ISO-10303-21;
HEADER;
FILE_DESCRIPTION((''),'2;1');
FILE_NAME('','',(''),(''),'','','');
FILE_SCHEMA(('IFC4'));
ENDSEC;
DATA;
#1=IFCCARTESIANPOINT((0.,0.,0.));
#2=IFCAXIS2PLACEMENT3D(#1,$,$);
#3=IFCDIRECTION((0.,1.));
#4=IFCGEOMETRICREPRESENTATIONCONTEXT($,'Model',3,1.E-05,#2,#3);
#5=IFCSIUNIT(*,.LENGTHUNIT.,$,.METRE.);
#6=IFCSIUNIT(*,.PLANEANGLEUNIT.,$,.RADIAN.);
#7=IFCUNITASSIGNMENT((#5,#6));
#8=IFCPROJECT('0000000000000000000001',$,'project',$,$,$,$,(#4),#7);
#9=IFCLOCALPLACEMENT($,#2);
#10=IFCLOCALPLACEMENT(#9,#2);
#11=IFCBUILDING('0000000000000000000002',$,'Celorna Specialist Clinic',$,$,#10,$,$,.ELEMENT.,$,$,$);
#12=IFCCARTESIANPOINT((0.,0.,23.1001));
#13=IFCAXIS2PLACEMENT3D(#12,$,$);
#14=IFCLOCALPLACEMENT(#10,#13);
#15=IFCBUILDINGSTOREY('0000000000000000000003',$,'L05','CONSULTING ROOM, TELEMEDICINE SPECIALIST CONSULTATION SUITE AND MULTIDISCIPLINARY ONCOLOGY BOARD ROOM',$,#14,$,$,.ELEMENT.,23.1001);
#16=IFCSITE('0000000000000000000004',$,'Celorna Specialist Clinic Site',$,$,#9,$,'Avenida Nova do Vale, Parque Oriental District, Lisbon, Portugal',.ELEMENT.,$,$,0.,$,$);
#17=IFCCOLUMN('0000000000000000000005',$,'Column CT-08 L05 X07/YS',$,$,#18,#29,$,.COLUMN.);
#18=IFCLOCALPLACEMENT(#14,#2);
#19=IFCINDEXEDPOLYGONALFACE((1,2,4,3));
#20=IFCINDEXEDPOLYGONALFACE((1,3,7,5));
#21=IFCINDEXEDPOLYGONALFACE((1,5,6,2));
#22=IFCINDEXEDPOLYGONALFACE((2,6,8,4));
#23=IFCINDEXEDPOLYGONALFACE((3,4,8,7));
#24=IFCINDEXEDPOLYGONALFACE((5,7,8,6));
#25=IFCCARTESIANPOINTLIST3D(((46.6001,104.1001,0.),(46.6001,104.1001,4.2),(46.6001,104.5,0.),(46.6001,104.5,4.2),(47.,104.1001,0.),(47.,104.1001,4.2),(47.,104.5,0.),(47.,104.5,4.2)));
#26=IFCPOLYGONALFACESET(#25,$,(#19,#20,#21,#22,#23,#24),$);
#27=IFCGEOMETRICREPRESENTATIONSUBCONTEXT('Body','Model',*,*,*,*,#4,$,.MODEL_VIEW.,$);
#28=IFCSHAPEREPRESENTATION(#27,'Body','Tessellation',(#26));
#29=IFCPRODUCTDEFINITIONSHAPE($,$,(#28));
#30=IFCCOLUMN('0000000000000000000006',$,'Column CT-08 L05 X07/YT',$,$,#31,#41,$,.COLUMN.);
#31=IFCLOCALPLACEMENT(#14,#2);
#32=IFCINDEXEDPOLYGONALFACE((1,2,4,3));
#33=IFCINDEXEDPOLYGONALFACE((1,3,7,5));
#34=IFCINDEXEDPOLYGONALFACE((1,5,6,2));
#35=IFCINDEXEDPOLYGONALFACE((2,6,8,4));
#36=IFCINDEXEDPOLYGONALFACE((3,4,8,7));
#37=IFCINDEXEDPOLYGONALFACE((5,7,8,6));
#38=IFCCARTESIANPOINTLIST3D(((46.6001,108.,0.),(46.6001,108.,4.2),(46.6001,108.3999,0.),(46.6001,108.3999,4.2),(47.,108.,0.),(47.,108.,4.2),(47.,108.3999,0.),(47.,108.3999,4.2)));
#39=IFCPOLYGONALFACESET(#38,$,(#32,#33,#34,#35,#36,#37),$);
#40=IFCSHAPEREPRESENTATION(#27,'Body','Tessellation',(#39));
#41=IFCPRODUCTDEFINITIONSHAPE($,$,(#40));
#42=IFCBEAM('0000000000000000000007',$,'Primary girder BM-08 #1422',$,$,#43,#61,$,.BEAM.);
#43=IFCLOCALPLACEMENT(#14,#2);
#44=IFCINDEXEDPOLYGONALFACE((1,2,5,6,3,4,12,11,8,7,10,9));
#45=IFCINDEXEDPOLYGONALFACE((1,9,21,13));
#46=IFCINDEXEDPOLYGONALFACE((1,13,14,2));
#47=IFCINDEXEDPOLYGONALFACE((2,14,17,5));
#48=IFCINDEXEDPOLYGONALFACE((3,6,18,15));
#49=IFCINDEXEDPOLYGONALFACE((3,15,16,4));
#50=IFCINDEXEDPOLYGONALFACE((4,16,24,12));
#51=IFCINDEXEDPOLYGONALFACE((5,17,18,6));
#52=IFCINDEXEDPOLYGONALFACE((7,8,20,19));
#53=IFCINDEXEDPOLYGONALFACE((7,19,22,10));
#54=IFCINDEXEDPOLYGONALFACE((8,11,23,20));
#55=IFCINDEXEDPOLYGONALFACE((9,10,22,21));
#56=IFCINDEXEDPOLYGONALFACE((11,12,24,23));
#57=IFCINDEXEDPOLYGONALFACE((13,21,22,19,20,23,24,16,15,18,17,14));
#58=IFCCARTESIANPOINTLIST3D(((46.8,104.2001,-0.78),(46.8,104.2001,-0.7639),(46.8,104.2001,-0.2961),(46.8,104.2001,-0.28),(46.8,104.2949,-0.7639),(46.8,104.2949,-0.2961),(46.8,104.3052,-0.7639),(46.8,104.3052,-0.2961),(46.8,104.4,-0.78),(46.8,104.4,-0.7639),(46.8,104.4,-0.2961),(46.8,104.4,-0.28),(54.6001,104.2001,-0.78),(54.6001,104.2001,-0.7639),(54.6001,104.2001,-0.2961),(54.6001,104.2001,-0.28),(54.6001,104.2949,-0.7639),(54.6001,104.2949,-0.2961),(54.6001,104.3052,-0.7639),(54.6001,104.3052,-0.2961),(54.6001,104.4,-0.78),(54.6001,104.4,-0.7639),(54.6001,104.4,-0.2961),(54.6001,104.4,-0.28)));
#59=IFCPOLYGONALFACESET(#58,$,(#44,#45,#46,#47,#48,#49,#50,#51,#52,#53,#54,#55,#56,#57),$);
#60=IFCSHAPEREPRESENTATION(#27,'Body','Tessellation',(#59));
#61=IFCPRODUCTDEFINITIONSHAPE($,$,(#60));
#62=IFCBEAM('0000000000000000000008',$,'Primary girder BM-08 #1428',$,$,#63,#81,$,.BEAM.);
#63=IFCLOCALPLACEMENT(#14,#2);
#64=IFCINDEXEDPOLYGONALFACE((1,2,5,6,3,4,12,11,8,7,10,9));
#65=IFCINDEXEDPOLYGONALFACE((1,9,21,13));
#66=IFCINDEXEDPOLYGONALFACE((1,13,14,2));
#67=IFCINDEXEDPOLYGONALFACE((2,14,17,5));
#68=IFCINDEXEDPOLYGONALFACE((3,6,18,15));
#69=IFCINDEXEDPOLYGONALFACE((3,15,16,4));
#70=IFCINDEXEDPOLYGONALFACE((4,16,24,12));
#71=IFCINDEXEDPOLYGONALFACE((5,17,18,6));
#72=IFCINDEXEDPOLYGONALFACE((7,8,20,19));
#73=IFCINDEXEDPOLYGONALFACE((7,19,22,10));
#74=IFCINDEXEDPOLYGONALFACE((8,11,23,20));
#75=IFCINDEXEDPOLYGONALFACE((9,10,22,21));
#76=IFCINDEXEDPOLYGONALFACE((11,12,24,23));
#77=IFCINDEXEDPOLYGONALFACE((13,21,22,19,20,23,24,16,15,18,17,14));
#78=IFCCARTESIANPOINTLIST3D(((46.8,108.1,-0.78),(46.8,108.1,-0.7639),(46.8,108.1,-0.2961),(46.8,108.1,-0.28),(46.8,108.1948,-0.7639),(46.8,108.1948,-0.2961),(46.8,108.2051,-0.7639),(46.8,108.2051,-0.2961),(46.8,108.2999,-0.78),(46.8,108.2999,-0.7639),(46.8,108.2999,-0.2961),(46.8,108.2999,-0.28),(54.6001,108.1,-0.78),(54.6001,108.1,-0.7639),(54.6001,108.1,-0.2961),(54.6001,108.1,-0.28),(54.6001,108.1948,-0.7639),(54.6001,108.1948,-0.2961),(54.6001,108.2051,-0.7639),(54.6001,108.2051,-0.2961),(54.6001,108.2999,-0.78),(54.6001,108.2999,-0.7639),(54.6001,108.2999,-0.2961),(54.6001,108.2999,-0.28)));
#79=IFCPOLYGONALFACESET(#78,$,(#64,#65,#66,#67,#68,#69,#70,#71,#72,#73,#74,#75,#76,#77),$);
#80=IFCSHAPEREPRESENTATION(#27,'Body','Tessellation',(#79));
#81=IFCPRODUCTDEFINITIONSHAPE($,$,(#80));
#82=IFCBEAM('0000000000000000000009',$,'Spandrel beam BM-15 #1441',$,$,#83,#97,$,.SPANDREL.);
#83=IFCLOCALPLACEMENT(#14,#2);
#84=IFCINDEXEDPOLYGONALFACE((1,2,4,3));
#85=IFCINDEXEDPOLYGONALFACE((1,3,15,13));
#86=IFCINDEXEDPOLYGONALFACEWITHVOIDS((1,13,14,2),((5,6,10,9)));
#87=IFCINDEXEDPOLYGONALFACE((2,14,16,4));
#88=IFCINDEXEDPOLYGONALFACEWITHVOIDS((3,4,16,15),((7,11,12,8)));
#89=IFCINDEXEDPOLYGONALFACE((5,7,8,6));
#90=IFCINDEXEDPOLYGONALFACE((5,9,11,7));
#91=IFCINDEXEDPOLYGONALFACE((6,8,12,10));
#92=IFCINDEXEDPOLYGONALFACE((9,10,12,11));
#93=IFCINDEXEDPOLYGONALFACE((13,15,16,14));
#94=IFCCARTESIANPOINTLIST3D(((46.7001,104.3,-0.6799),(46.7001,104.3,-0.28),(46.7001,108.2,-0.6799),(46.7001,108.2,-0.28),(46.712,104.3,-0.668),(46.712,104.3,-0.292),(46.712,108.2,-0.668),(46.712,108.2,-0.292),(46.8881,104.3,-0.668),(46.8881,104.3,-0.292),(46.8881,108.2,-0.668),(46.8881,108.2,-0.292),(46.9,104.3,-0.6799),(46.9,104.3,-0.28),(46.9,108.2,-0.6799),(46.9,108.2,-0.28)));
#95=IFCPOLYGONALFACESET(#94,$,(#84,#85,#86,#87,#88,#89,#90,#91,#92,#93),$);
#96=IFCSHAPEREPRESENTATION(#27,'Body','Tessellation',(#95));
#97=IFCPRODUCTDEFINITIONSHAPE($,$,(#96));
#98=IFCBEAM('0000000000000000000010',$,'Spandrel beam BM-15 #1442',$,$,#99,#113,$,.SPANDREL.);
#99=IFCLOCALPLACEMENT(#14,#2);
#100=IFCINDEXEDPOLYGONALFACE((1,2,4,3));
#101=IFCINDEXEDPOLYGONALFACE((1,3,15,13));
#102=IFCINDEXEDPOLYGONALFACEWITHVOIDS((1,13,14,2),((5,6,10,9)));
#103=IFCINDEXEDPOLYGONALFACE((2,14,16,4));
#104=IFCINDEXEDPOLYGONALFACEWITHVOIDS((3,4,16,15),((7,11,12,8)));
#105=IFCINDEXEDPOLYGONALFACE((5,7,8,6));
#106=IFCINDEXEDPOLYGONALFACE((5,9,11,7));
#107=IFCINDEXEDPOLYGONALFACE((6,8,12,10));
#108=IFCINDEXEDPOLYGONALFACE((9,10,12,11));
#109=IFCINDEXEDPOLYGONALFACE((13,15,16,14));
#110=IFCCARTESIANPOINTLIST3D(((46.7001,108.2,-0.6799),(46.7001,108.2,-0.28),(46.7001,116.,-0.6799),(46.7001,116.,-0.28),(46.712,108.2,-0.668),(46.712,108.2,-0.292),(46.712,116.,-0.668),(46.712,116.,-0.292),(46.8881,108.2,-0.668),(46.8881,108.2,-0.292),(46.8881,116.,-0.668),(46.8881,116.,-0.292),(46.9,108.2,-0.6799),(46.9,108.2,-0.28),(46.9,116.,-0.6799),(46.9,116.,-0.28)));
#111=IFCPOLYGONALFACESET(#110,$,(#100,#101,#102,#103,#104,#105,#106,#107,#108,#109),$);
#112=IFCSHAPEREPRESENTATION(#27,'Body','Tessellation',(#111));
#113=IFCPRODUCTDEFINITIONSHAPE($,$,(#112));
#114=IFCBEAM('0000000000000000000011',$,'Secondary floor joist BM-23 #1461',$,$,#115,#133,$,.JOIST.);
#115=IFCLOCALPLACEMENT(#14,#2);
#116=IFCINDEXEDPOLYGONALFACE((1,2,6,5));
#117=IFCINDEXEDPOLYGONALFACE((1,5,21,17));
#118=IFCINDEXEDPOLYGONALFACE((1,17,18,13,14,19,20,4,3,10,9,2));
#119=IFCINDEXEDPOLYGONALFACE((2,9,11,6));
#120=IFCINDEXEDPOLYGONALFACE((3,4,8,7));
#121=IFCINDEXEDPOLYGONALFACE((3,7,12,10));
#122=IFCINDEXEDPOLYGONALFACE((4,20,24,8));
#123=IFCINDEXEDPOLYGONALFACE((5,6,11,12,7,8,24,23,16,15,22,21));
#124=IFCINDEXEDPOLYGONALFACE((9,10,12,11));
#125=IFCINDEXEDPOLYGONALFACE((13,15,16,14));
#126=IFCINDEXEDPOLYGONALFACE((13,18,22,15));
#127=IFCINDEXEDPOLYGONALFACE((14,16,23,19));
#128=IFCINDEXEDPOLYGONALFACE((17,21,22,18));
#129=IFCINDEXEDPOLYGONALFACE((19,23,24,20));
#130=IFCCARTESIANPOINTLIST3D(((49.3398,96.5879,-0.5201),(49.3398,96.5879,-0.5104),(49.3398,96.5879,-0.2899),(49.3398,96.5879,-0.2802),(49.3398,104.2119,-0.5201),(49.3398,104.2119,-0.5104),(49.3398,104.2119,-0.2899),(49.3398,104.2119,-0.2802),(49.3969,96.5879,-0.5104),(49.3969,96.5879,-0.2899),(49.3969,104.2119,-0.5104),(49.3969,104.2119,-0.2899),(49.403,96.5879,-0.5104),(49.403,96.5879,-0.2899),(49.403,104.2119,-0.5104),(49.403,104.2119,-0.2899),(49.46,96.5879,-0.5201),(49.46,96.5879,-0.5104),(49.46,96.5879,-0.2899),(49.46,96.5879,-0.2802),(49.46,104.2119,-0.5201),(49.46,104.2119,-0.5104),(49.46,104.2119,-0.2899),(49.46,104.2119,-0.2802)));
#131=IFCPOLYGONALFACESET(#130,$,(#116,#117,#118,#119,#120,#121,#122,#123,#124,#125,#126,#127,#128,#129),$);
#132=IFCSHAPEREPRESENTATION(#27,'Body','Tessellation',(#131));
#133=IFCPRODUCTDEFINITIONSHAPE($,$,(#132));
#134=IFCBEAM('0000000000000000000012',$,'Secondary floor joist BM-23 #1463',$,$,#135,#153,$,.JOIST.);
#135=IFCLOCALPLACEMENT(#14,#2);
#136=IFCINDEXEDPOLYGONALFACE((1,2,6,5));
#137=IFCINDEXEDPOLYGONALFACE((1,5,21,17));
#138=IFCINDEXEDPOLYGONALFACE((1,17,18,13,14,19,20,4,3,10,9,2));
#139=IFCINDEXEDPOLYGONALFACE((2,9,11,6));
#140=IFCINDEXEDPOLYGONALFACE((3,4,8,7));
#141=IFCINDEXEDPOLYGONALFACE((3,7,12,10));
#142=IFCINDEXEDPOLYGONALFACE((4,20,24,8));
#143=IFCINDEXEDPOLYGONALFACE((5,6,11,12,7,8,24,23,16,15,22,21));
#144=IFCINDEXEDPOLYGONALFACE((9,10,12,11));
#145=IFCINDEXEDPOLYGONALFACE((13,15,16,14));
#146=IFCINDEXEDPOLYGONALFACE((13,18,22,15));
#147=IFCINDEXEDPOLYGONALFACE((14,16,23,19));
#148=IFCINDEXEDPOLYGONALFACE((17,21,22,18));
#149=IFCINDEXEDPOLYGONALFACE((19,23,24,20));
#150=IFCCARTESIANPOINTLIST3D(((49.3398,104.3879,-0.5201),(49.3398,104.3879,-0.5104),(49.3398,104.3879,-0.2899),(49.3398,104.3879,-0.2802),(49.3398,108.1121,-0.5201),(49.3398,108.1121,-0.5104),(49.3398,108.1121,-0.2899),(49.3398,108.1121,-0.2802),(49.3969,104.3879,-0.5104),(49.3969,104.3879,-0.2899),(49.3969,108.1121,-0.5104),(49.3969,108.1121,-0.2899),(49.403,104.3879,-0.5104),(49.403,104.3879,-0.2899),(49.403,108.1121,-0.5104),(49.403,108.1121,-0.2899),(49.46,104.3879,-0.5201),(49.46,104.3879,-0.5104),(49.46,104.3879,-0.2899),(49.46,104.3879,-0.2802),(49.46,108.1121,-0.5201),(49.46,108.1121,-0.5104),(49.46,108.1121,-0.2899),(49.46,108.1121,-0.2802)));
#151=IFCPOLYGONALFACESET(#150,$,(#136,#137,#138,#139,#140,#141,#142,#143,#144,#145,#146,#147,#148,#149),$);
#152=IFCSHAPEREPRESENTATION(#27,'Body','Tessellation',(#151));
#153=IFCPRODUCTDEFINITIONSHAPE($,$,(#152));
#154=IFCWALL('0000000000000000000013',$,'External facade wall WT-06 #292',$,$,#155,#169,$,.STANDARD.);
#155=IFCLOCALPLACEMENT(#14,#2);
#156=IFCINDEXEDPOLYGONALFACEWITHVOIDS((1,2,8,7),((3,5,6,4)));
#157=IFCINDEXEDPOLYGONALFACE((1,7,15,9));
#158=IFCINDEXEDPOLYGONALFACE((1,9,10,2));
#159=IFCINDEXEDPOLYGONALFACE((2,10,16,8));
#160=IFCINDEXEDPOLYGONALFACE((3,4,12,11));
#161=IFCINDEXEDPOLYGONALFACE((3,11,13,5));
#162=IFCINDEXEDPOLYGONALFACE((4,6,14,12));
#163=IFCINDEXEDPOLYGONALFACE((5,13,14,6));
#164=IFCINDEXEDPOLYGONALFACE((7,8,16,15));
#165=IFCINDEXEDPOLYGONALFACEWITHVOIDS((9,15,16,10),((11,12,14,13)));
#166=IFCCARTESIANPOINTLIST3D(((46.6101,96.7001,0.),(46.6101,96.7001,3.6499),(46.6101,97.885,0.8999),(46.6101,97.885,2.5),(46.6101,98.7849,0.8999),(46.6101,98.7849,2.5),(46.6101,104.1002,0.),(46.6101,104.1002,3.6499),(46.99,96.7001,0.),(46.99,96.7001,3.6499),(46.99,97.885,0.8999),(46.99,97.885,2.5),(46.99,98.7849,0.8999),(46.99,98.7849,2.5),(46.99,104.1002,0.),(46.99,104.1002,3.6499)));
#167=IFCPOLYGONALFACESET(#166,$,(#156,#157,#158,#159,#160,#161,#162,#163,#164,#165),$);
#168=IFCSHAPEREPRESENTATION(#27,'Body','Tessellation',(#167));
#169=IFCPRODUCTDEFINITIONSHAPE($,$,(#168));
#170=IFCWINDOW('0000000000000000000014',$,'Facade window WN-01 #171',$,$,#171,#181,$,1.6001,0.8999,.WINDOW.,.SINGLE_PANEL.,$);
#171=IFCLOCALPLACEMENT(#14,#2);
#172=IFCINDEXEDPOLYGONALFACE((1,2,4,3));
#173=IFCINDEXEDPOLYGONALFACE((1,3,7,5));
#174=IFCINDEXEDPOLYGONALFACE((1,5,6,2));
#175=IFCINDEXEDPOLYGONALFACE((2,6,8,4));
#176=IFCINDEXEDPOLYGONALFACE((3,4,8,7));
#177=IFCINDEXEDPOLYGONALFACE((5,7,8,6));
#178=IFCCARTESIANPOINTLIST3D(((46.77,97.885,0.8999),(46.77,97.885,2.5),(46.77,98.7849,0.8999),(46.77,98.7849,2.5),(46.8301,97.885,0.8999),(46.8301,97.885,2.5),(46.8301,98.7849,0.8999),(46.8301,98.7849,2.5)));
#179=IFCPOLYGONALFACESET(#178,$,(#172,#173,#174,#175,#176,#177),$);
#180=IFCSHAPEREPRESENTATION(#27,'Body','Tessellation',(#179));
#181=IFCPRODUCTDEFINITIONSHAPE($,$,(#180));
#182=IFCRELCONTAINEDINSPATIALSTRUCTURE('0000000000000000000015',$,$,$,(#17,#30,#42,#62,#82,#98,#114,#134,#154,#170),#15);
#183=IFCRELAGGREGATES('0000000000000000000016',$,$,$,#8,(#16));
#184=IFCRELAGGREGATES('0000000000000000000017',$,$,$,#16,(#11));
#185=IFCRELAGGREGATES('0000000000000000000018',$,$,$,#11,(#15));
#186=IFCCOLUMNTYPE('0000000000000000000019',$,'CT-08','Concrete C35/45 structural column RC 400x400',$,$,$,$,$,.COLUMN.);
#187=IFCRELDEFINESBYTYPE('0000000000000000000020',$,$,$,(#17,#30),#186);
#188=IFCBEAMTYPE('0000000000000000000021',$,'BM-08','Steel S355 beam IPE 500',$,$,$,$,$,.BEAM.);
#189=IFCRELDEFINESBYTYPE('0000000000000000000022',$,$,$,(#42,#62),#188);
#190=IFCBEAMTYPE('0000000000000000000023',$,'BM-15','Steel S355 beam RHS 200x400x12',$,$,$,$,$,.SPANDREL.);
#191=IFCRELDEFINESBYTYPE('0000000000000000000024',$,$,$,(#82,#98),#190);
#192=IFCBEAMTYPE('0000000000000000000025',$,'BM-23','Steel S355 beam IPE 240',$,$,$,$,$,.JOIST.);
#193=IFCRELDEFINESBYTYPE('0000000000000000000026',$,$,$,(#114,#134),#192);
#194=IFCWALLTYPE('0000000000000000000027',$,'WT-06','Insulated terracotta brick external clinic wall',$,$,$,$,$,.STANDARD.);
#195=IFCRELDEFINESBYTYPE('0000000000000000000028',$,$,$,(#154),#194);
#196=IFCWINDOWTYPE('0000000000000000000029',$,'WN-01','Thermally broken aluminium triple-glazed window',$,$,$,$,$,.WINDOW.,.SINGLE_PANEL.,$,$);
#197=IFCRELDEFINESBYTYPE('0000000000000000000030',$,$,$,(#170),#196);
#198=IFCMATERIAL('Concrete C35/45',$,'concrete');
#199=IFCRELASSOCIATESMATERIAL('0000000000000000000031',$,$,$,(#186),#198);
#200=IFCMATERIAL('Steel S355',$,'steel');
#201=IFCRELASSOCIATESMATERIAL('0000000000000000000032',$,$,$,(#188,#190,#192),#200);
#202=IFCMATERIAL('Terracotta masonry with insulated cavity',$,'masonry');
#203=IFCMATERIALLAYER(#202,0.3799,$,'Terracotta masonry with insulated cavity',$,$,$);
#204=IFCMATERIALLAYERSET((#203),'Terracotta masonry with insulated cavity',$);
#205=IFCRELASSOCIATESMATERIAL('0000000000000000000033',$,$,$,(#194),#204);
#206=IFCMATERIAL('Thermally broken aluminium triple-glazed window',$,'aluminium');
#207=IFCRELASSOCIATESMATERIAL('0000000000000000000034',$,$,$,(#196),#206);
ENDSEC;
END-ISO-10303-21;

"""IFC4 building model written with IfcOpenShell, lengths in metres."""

from ifc_helpers import new_model, si_unit, direction, frame, frame_2d, origin, origin_2d, place, context, subcontext, project, spatial, rectangle, hollow_rectangle, i_section, extrude, material, layer, layer_set, material_profile, profile_set, type_object, element, fill, save


model = new_model("IFC4")

# Units and contexts
model_context = context("Model", 3, precision=1e-05, world=origin(), true_north=direction((0.0, 1.0)))
body_context = subcontext(model_context, "Body", "Model", "MODEL_VIEW")
ifc_project = project(units=[si_unit("LENGTHUNIT", "METRE"), si_unit("PLANEANGLEUNIT", "RADIAN")], contexts=[model_context])

# Site, building, storey
site_placement = place(None, origin())
site = spatial("IfcSite", under=ifc_project, at=site_placement, Name="Celorna Specialist Clinic Site", LongName="Avenida Nova do Vale, Parque Oriental District, Lisbon, Portugal", CompositionType="ELEMENT", RefElevation=0.0)
building_placement = place(site_placement, origin())
building = spatial("IfcBuilding", under=site, at=building_placement, Name="Celorna Specialist Clinic", CompositionType="ELEMENT")
storey_placement = place(building_placement, frame((0.0, 0.0, 23.1001)))
storey = spatial("IfcBuildingStorey", under=building, at=storey_placement, Name="L05", Description="CONSULTING ROOM, TELEMEDICINE SPECIALIST CONSULTATION SUITE AND MULTIDISCIPLINARY ONCOLOGY BOARD ROOM", CompositionType="ELEMENT", Elevation=23.1001)

# Columns
ifc_material_1 = material(Name="Concrete C35/45", Category="concrete")
ifc_material_profile_1 = material_profile(ifc_material_1, rectangle(XDim=0.3999, YDim=0.3999, at=origin_2d()), Name="RC 400x400")
ifc_profile_set_1 = profile_set([ifc_material_profile_1], Name="Concrete C35/45")
column_type = type_object("IfcColumnType", Name="CT-08", Description="Concrete C35/45 structural column RC 400x400", PredefinedType="COLUMN", material=ifc_profile_set_1)
for number, where, z_axis, x_axis, name in (
    (1, (46.8, 104.3, 0.0), (0.0, 0.0, 1.0), (1.0, 0.0, 0.0), "Column CT-08 L05 X07/YS"),
    (2, (46.8, 108.2, 0.0), (0.0, 0.0, 1.0), (1.0, 0.0, 0.0), "Column CT-08 L05 X07/YT"),
):
    element("IfcColumn", number, at=place(storey_placement, frame(where, z_axis=z_axis, x_axis=x_axis)), inside=storey, type_object=column_type, Name=name, PredefinedType="COLUMN", context=body_context, shape_type="SweptSolid", body=[
        extrude(rectangle(XDim=0.3999, YDim=0.3999, at=origin_2d()), origin(), (0.0, 0.0, 1.0), 4.2),
    ])

# Beams
ifc_material_2 = material(Name="Steel S355", Category="steel")
ifc_material_profile_2 = material_profile(ifc_material_2, i_section(OverallWidth=0.2, OverallDepth=0.5, WebThickness=0.0103, FlangeThickness=0.0161, at=origin_2d()), Name="IPE 500")
ifc_profile_set_2 = profile_set([ifc_material_profile_2], Name="Steel S355")
beam_type_1 = type_object("IfcBeamType", Name="BM-08", Description="Steel S355 beam IPE 500", PredefinedType="BEAM", material=ifc_profile_set_2)
for number, where, z_axis, x_axis, name in (
    (3, (46.8, 104.3, -0.53), (1.0, 0.0, 0.0), (0.0, 1.0, 0.0), "Primary girder BM-08 #1422"),
    (4, (46.8, 108.2, -0.53), (1.0, 0.0, 0.0), (0.0, 1.0, 0.0), "Primary girder BM-08 #1428"),
):
    element("IfcBeam", number, at=place(storey_placement, frame(where, z_axis=z_axis, x_axis=x_axis)), inside=storey, type_object=beam_type_1, Name=name, PredefinedType="BEAM", context=body_context, shape_type="SweptSolid", body=[
        extrude(i_section(OverallWidth=0.2, OverallDepth=0.5, WebThickness=0.0103, FlangeThickness=0.0161, at=origin_2d()), origin(), (0.0, 0.0, 1.0), 7.8),
    ])
ifc_material_profile_3 = material_profile(ifc_material_2, hollow_rectangle(XDim=0.2, YDim=0.3999, WallThickness=0.012, at=origin_2d()), Name="RHS 200x400x12")
ifc_profile_set_3 = profile_set([ifc_material_profile_3], Name="Steel S355")
beam_type_2 = type_object("IfcBeamType", Name="BM-15", Description="Steel S355 beam RHS 200x400x12", PredefinedType="SPANDREL", material=ifc_profile_set_3)
beam_1_placement = place(storey_placement, frame((46.8, 104.3, -0.48), z_axis=(0.0, 1.0, 0.0), x_axis=(-1.0, 0.0, 0.0)))
element("IfcBeam", 5, at=beam_1_placement, inside=storey, type_object=beam_type_2, Name="Spandrel beam BM-15 #1441", PredefinedType="SPANDREL", context=body_context, shape_type="SweptSolid", body=[
    extrude(hollow_rectangle(XDim=0.2, YDim=0.3999, WallThickness=0.012, at=origin_2d()), origin(), (0.0, 0.0, 1.0), 3.8999),
])
beam_2_placement = place(storey_placement, frame((46.8, 108.2, -0.48), z_axis=(0.0, 1.0, 0.0), x_axis=(-1.0, 0.0, 0.0)))
element("IfcBeam", 6, at=beam_2_placement, inside=storey, type_object=beam_type_2, Name="Spandrel beam BM-15 #1442", PredefinedType="SPANDREL", context=body_context, shape_type="SweptSolid", body=[
    extrude(hollow_rectangle(XDim=0.2, YDim=0.3999, WallThickness=0.012, at=origin_2d()), origin(), (0.0, 0.0, 1.0), 7.8),
])
ifc_material_profile_4 = material_profile(ifc_material_2, i_section(OverallWidth=0.1201, OverallDepth=0.24, WebThickness=0.0061, FlangeThickness=0.0098, at=origin_2d()), Name="IPE 240")
ifc_profile_set_4 = profile_set([ifc_material_profile_4], Name="Steel S355")
beam_type_3 = type_object("IfcBeamType", Name="BM-23", Description="Steel S355 beam IPE 240", PredefinedType="JOIST", material=ifc_profile_set_4)
beam_3_placement = place(storey_placement, frame((49.3999, 96.5879, -0.4001), z_axis=(0.0, 1.0, 0.0), x_axis=(-1.0, 0.0, 0.0)))
element("IfcBeam", 7, at=beam_3_placement, inside=storey, type_object=beam_type_3, Name="Secondary floor joist BM-23 #1461", PredefinedType="JOIST", context=body_context, shape_type="SweptSolid", body=[
    extrude(i_section(OverallWidth=0.1201, OverallDepth=0.24, WebThickness=0.0061, FlangeThickness=0.0098, at=origin_2d()), origin(), (0.0, 0.0, 1.0), 7.624),
])
beam_4_placement = place(storey_placement, frame((49.3999, 104.3879, -0.4001), z_axis=(0.0, 1.0, 0.0), x_axis=(-1.0, 0.0, 0.0)))
element("IfcBeam", 8, at=beam_4_placement, inside=storey, type_object=beam_type_3, Name="Secondary floor joist BM-23 #1463", PredefinedType="JOIST", context=body_context, shape_type="SweptSolid", body=[
    extrude(i_section(OverallWidth=0.1201, OverallDepth=0.24, WebThickness=0.0061, FlangeThickness=0.0098, at=origin_2d()), origin(), (0.0, 0.0, 1.0), 3.7241),
])

# Wall, opening, window
ifc_material_3 = material(Name="Terracotta masonry with insulated cavity", Category="masonry")
ifc_layer_1 = layer(ifc_material_3, 0.3799, Name="Terracotta masonry with insulated cavity")
ifc_layer_set_1 = layer_set([ifc_layer_1], Name="Terracotta masonry with insulated cavity")
wall_type_1 = type_object("IfcWallType", Name="WT-06", Description="Insulated terracotta brick external clinic wall", PredefinedType="STANDARD", material=ifc_layer_set_1)
wall_1_placement = place(storey_placement, frame((46.8, 96.7, 0.0), z_axis=(0.0, 0.0, 1.0), x_axis=(0.0, 1.0, 0.0)))
wall_1 = element("IfcWall", 9, at=wall_1_placement, inside=storey, type_object=wall_type_1, Name="External facade wall WT-06 #292", PredefinedType="STANDARD", context=body_context, shape_type="SweptSolid", body=[
    extrude(rectangle(XDim=7.4001, YDim=0.3799, at=frame_2d((3.7002, 0.0))), origin(), (0.0, 0.0, 1.0), 3.6499),
])
opening_1_placement = place(wall_1_placement, frame((1.1851, 0.0, 0.8999)))
opening_1 = element("IfcOpeningElement", 10, at=opening_1_placement, cuts=wall_1, PredefinedType="OPENING", context=body_context, shape_type="SweptSolid", body=[
    extrude(rectangle(XDim=0.8999, YDim=1.6001, at=frame_2d((0.45, 0.8))), frame((0.0, 0.2, 0.0), z_axis=(0.0, -1.0, 0.0), x_axis=(1.0, 0.0, 0.0)), (0.0, 0.0, 1.0), 0.3999),
])
ifc_material_4 = material(Name="Thermally broken aluminium triple-glazed window", Category="aluminium")
window_type_1 = type_object("IfcWindowType", Name="WN-01", Description="Thermally broken aluminium triple-glazed window", PartitioningType="SINGLE_PANEL", PredefinedType="WINDOW", material=ifc_material_4)
window_1_placement = place(opening_1_placement, origin())
window_1 = element("IfcWindow", 11, at=window_1_placement, inside=storey, type_object=window_type_1, Name="Facade window WN-01 #171", OverallHeight=1.6001, OverallWidth=0.8999, PartitioningType="SINGLE_PANEL", PredefinedType="WINDOW", context=body_context, shape_type="SweptSolid", body=[
    extrude(rectangle(XDim=0.8999, YDim=1.6001, at=frame_2d((0.45, 0.8))), frame((0.0, 0.03, 0.0), z_axis=(0.0, -1.0, 0.0), x_axis=(1.0, 0.0, 0.0)), (0.0, 0.0, 1.0), 0.0601),
])
fill(opening_1, window_1)

save(model, "model.ifc")
